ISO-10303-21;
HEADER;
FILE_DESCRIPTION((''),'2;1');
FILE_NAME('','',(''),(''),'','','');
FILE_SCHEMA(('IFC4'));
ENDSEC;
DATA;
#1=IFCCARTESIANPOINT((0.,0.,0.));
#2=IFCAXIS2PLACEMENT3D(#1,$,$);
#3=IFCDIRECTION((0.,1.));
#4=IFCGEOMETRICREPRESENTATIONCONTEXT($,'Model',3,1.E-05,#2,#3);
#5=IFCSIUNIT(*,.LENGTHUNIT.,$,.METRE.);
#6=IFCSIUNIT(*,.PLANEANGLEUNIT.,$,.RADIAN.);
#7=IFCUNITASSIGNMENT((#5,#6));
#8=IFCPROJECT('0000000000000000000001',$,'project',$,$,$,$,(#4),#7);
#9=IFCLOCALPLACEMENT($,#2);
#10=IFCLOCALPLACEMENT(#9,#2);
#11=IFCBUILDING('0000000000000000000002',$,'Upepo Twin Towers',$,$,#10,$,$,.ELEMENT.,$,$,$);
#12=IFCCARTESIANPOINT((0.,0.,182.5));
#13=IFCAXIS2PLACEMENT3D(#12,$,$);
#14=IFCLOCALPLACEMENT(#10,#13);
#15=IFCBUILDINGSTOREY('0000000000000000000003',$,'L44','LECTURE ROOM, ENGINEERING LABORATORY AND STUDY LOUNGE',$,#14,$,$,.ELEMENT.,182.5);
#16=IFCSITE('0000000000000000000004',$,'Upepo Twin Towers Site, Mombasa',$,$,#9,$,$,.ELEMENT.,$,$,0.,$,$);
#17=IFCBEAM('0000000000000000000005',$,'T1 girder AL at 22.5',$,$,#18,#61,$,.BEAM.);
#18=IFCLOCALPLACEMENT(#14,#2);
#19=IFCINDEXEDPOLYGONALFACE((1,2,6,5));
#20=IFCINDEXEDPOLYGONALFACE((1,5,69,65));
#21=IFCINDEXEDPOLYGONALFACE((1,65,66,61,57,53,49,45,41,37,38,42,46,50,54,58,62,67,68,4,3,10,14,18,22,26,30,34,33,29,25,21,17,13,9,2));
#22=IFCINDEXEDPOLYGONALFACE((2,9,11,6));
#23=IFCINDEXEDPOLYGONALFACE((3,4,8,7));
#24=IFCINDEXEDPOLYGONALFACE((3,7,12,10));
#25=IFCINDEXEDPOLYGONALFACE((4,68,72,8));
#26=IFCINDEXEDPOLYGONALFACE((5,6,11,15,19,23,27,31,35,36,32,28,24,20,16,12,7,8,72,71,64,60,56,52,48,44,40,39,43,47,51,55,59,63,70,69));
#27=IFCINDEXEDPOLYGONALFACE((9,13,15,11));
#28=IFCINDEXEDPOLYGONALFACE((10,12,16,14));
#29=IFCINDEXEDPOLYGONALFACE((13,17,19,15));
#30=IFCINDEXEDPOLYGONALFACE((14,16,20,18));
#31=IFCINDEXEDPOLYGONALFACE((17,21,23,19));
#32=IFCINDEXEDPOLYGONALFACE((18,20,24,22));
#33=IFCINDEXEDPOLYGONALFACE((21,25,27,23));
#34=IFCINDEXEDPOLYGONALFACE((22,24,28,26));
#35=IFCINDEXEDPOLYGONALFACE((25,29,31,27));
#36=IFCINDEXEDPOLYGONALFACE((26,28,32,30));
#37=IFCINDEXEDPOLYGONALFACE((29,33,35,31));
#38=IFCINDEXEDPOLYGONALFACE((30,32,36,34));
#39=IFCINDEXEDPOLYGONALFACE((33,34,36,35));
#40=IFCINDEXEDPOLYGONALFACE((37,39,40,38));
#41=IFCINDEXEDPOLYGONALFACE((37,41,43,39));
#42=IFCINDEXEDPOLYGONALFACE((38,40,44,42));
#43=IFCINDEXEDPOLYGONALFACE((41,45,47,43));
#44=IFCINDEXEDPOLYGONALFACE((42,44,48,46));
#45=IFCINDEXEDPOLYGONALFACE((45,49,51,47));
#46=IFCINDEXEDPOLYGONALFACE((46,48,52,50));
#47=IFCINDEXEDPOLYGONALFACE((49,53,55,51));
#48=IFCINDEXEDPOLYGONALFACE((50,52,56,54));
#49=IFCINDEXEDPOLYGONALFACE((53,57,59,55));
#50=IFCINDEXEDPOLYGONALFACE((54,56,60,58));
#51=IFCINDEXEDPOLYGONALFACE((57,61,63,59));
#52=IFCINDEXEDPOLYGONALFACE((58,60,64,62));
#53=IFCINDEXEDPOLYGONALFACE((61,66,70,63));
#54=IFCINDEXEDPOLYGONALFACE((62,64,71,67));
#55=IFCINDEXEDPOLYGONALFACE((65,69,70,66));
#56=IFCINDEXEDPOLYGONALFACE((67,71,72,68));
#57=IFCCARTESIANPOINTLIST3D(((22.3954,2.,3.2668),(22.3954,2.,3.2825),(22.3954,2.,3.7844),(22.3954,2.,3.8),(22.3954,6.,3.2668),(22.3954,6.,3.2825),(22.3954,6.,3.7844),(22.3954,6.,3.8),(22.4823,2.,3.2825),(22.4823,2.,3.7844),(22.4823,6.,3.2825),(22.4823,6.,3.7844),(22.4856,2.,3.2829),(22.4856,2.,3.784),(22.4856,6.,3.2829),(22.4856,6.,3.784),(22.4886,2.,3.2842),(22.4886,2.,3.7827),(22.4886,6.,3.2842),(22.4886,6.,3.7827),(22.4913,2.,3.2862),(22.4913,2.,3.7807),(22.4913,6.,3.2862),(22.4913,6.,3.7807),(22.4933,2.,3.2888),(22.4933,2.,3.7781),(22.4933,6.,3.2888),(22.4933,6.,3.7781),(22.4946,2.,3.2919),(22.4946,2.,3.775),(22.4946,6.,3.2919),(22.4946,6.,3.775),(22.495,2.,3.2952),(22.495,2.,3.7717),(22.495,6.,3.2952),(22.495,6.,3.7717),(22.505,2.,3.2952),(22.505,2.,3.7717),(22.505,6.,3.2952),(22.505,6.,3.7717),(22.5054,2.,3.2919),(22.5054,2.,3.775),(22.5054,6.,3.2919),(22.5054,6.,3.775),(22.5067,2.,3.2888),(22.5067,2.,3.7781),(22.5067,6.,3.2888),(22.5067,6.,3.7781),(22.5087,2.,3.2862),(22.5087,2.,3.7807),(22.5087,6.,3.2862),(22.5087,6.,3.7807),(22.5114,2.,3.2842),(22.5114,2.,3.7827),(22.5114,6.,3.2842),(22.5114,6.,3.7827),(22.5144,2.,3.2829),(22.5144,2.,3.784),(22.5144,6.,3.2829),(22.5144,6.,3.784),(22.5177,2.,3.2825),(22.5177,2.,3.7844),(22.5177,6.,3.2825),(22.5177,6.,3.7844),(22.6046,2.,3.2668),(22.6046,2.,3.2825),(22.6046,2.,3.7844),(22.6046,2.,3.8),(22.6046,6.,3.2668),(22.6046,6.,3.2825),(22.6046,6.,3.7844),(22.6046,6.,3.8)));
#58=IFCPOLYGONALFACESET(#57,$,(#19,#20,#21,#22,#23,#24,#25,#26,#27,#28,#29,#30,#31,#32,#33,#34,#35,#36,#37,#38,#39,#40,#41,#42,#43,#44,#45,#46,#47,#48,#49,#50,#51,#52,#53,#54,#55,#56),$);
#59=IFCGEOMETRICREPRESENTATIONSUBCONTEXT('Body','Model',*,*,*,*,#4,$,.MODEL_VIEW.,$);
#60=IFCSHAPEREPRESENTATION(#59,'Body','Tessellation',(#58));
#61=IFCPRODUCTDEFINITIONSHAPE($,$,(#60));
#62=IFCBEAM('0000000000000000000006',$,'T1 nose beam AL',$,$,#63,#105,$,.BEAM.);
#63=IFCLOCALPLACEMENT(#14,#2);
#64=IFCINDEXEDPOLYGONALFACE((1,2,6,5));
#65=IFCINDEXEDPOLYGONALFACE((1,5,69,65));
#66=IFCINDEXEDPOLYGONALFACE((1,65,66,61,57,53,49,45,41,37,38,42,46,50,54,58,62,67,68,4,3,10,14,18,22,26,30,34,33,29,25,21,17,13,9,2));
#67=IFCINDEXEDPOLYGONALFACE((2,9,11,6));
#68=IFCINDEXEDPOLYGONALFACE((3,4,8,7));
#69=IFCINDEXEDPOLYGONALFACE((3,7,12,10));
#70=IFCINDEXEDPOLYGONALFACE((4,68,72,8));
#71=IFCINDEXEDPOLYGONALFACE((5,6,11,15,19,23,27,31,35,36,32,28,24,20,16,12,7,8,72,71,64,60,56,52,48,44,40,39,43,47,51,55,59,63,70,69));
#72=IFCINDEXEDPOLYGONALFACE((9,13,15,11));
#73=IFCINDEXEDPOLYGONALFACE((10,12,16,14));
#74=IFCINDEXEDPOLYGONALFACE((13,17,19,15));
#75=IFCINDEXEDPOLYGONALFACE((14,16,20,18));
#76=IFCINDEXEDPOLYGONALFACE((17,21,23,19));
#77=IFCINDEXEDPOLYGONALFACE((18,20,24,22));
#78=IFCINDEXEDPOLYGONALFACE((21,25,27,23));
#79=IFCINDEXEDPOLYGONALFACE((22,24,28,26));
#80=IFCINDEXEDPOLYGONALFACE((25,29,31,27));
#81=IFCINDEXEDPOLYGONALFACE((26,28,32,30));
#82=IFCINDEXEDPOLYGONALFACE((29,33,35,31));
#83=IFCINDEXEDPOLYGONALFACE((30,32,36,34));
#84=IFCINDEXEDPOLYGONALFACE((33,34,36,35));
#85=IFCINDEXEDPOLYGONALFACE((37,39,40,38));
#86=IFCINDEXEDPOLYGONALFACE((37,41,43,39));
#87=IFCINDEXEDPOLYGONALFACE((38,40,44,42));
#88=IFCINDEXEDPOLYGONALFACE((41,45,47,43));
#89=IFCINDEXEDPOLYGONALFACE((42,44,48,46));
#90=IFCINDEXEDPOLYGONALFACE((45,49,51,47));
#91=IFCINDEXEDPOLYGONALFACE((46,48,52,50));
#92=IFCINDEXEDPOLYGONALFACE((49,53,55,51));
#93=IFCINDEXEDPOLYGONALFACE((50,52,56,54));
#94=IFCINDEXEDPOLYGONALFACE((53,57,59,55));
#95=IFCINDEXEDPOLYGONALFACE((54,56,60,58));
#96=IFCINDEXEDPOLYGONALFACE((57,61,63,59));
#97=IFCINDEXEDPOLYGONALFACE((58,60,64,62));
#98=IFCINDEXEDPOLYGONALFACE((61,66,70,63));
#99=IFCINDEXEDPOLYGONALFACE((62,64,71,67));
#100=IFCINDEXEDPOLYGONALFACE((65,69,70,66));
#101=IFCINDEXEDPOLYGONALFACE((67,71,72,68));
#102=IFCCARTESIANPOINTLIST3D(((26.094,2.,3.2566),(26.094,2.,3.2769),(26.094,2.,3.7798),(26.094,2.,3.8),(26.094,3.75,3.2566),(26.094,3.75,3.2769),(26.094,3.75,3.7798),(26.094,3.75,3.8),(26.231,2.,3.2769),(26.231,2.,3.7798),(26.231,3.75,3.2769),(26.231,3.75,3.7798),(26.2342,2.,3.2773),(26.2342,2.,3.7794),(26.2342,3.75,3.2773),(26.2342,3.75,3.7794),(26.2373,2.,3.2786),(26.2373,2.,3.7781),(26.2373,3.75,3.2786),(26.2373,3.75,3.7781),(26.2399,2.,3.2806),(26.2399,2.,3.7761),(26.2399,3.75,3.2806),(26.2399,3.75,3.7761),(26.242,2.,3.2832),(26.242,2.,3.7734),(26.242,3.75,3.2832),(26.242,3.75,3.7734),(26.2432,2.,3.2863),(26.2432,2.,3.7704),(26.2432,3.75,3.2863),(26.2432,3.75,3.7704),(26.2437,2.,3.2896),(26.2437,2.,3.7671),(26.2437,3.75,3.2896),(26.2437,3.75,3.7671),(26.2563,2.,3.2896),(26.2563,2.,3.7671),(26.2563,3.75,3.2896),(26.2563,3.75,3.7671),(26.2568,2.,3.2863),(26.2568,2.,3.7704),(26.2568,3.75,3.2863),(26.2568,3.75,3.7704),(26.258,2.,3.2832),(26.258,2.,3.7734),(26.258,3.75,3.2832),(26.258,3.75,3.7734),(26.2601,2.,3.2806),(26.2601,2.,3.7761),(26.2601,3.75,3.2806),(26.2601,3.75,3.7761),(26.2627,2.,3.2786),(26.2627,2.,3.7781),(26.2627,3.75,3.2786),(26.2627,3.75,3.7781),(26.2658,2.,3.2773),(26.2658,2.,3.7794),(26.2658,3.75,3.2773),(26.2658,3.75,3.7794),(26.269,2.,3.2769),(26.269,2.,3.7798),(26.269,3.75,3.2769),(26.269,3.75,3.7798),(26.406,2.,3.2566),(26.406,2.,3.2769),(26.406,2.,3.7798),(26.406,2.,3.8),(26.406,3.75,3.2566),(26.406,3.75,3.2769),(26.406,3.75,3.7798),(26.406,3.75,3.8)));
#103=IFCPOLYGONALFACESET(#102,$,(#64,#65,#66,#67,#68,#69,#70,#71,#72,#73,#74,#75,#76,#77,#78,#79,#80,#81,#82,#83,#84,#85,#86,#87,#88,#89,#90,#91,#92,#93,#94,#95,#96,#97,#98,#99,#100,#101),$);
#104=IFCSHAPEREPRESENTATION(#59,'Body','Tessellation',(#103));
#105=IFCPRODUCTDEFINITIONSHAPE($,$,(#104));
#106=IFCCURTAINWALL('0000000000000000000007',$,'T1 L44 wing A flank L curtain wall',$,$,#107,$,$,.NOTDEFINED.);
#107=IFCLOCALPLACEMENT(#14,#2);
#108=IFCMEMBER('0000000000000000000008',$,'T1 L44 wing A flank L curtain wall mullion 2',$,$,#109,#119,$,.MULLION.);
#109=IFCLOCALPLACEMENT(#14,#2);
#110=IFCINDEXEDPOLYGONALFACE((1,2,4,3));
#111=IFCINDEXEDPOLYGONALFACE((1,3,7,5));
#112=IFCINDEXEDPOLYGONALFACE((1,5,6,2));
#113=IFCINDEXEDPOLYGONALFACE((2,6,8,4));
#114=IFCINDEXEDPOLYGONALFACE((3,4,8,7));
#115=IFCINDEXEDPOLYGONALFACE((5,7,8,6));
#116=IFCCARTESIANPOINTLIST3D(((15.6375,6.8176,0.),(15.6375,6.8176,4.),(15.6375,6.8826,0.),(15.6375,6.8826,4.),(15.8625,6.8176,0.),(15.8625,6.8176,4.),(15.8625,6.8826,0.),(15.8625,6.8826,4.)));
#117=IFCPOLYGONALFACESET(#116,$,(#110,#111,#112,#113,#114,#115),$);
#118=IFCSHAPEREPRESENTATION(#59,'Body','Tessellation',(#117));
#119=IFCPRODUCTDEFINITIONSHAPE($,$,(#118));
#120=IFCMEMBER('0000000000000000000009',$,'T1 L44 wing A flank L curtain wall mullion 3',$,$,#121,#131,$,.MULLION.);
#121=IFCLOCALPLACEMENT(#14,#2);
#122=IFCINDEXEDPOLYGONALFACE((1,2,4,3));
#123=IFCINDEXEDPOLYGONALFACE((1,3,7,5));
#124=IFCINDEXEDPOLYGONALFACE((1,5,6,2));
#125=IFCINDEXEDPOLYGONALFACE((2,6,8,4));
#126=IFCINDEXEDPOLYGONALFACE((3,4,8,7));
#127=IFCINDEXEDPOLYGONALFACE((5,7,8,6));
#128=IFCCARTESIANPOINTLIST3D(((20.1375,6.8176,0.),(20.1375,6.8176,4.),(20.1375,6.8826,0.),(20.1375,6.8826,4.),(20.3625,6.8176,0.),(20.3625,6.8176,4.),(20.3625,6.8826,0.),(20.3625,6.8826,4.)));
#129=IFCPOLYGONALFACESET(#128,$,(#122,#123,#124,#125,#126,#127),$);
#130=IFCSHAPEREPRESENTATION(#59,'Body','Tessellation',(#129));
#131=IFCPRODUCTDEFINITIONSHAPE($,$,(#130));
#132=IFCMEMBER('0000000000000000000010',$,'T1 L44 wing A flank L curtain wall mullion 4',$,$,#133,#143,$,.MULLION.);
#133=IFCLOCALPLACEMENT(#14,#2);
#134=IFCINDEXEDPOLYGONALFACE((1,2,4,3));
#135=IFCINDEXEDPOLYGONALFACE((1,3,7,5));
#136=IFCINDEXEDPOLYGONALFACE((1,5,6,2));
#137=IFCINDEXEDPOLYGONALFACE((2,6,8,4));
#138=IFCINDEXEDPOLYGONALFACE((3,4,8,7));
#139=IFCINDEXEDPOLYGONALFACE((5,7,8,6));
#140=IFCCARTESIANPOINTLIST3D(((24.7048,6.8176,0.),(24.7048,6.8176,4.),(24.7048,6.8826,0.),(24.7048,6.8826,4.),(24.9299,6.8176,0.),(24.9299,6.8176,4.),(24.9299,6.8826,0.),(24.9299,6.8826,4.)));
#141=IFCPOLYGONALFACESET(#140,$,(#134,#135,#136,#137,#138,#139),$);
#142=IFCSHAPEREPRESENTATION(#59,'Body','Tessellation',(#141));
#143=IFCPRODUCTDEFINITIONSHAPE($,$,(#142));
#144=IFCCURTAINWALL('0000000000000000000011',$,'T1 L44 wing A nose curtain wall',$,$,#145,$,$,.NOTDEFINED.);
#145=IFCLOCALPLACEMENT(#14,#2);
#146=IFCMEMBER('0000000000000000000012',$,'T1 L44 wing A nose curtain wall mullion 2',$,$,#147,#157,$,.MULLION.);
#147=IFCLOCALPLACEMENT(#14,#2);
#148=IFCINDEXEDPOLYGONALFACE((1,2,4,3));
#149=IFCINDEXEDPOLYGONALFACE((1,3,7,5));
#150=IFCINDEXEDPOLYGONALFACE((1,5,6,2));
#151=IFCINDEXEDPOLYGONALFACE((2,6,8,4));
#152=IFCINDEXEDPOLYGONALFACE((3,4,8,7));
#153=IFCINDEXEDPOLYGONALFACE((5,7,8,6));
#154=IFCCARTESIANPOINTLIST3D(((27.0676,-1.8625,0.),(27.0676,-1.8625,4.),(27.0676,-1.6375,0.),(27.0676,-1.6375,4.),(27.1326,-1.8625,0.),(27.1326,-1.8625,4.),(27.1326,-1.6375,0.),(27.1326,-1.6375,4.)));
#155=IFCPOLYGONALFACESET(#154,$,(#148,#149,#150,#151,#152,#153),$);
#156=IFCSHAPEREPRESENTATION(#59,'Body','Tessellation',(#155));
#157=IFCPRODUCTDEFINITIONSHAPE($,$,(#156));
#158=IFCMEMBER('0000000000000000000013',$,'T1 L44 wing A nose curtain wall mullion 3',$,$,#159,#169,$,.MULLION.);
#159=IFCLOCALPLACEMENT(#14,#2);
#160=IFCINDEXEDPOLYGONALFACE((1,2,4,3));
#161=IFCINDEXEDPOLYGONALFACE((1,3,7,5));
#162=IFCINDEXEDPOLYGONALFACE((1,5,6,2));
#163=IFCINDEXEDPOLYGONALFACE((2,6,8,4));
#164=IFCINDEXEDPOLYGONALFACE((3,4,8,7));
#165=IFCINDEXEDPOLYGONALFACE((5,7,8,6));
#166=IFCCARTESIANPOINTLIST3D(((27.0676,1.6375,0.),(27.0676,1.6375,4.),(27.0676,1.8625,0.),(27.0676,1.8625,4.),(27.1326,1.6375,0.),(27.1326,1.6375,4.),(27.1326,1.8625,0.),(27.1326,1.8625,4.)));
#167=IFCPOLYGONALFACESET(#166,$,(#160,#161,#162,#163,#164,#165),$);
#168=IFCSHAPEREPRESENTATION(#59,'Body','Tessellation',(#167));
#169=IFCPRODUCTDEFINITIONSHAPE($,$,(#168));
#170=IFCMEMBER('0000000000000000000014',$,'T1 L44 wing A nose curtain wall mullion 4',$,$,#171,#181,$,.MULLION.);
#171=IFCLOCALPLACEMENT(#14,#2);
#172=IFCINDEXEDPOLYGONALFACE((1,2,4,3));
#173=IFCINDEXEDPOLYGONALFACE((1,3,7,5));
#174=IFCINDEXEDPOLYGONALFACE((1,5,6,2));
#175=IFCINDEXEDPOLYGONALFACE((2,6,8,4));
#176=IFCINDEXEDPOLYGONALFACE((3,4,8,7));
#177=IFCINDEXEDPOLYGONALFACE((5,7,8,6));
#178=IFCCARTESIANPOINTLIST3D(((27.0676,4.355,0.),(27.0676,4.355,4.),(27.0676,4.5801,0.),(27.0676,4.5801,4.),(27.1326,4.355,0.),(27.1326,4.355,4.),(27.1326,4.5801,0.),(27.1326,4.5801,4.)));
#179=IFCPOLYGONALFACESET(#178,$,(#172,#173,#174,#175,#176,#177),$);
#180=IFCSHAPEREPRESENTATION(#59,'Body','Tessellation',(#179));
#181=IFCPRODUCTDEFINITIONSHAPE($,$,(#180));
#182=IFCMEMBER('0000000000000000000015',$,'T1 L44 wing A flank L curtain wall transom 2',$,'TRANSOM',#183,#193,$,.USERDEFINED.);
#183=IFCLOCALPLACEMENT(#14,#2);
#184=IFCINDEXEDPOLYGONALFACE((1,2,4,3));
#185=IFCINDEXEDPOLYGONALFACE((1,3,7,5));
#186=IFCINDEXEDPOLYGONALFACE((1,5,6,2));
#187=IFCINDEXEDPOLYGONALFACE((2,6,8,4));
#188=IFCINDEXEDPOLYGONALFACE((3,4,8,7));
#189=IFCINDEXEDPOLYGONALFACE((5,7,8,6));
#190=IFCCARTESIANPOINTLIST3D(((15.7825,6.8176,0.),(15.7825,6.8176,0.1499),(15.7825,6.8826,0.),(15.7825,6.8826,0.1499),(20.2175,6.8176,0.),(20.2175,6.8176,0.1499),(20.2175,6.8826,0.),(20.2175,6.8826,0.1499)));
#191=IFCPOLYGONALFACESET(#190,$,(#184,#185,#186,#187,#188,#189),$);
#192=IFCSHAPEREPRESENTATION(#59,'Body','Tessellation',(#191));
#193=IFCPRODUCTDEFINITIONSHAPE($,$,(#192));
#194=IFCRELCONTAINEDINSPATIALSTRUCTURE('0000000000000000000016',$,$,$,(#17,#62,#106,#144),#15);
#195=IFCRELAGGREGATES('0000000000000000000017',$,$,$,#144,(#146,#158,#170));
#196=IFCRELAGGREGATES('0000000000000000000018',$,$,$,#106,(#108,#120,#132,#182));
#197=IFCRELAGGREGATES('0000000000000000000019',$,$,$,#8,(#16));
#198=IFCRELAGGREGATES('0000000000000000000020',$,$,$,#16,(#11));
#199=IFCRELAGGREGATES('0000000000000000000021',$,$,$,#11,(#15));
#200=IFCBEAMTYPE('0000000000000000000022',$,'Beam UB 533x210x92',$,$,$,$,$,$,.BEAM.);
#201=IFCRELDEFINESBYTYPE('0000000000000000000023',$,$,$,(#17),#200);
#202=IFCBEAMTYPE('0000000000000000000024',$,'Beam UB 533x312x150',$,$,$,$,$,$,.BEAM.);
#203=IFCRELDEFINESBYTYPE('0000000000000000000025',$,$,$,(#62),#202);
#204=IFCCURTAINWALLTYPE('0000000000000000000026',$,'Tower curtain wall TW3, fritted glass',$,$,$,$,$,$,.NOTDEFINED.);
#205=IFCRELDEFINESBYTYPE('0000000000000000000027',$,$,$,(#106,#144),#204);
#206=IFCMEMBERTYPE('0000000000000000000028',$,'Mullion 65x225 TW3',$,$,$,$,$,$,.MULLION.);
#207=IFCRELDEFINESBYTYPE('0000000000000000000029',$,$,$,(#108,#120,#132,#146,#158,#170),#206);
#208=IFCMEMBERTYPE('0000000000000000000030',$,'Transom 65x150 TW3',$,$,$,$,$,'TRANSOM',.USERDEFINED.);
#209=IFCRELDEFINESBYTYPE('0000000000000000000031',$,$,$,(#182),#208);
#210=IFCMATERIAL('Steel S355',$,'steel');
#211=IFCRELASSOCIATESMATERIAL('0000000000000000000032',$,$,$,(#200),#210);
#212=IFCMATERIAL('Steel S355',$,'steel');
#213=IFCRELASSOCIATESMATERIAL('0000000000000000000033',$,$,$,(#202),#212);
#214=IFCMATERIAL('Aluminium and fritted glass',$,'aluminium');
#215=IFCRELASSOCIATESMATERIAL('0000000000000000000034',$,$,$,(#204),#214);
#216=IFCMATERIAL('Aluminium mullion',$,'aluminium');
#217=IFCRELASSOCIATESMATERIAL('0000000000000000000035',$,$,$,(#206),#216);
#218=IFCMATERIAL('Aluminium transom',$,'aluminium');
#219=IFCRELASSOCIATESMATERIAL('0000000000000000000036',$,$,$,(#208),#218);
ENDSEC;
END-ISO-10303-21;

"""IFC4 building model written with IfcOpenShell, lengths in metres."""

from ifc_helpers import new_model, si_unit, direction, frame, origin, origin_2d, place, context, subcontext, project, spatial, rectangle, i_section, extrude, material, material_profile, profile_set, type_object, element, aggregate, save


model = new_model("IFC4")

# Units and contexts
model_context = context("Model", 3, precision=1e-05, world=origin(), true_north=direction((0.0, 1.0)))
body_context = subcontext(model_context, "Body", "Model", "MODEL_VIEW")
ifc_project = project(units=[si_unit("LENGTHUNIT", "METRE"), si_unit("PLANEANGLEUNIT", "RADIAN")], contexts=[model_context])

# Site, building, storey
site_placement = place(None, origin())
site = spatial("IfcSite", under=ifc_project, at=site_placement, Name="Upepo Twin Towers Site, Mombasa", CompositionType="ELEMENT", RefElevation=0.0)
building_placement = place(site_placement, origin())
building = spatial("IfcBuilding", under=site, at=building_placement, Name="Upepo Twin Towers", CompositionType="ELEMENT")
storey_placement = place(building_placement, frame((0.0, 0.0, 182.5)))
storey = spatial("IfcBuildingStorey", under=building, at=storey_placement, Name="L44", Description="LECTURE ROOM, ENGINEERING LABORATORY AND STUDY LOUNGE", CompositionType="ELEMENT", Elevation=182.5)

# Beams
ifc_material_1 = material(Name="Steel S355", Category="steel")
ifc_material_profile_1 = material_profile(ifc_material_1, i_section(OverallWidth=0.2092, OverallDepth=0.5332, WebThickness=0.01, FlangeThickness=0.0156, FilletRadius=0.0127, at=origin_2d()), Name="UB 533x210x92")
ifc_profile_set_1 = profile_set([ifc_material_profile_1], Name="Steel S355")
beam_type_1 = type_object("IfcBeamType", Name="Beam UB 533x210x92", PredefinedType="BEAM", material=ifc_profile_set_1)
for number, where, z_axis, x_axis, name in (
    (1, (22.5, 6.0, 3.5334), (0.0, -1.0, 0.0), (1.0, 0.0, 0.0), "T1 girder AL at 22.5"),
):
    element("IfcBeam", number, at=place(storey_placement, frame(where, z_axis=z_axis, x_axis=x_axis)), inside=storey, type_object=beam_type_1, Name=name, PredefinedType="BEAM", context=body_context, shape_type="SweptSolid", body=[
        extrude(i_section(OverallWidth=0.2092, OverallDepth=0.5332, WebThickness=0.01, FlangeThickness=0.0156, FilletRadius=0.0127, at=origin_2d()), origin(), (0.0, 0.0, 1.0), 4.0),
    ])
ifc_material_2 = material(Name="Steel S355", Category="steel")
ifc_material_profile_2 = material_profile(ifc_material_2, i_section(OverallWidth=0.312, OverallDepth=0.5435, WebThickness=0.0127, FlangeThickness=0.0203, FilletRadius=0.0127, at=origin_2d()), Name="UB 533x312x150")
ifc_profile_set_2 = profile_set([ifc_material_profile_2], Name="Steel S355")
beam_type_2 = type_object("IfcBeamType", Name="Beam UB 533x312x150", PredefinedType="BEAM", material=ifc_profile_set_2)
beam_1_placement = place(storey_placement, frame((26.25, 3.75, 3.5283), z_axis=(0.0, -1.0, 0.0), x_axis=(1.0, 0.0, 0.0)))
element("IfcBeam", 2, at=beam_1_placement, inside=storey, type_object=beam_type_2, Name="T1 nose beam AL", PredefinedType="BEAM", context=body_context, shape_type="SweptSolid", body=[
    extrude(i_section(OverallWidth=0.312, OverallDepth=0.5435, WebThickness=0.0127, FlangeThickness=0.0203, FilletRadius=0.0127, at=origin_2d()), origin(), (0.0, 0.0, 1.0), 1.75),
])

# Curtain walls, members
ifc_material_3 = material(Name="Aluminium and fritted glass", Category="aluminium")
curtain_wall_type = type_object("IfcCurtainWallType", Name="Tower curtain wall TW3, fritted glass", PredefinedType="NOTDEFINED", material=ifc_material_3)
curtain_wall_1_placement = place(storey_placement, origin())
curtain_wall_1 = element("IfcCurtainWall", 3, at=curtain_wall_1_placement, inside=storey, type_object=curtain_wall_type, Name="T1 L44 wing A flank L curtain wall", PredefinedType="NOTDEFINED")
ifc_material_4 = material(Name="Aluminium mullion", Category="aluminium")
ifc_material_profile_3 = material_profile(ifc_material_4, rectangle(XDim=0.0649, YDim=0.2251, at=origin_2d()), Name="MULLION 65x225")
ifc_profile_set_3 = profile_set([ifc_material_profile_3], Name="Aluminium mullion")
member_type_1 = type_object("IfcMemberType", Name="Mullion 65x225 TW3", PredefinedType="MULLION", material=ifc_profile_set_3)
member_1_placement = place(storey_placement, frame((15.75, 6.8501, 0.0), z_axis=(0.0, 0.0, 1.0), x_axis=(0.0, 1.0, 0.0)))
member_1 = element("IfcMember", 4, at=member_1_placement, type_object=member_type_1, Name="T1 L44 wing A flank L curtain wall mullion 2", PredefinedType="MULLION", context=body_context, shape_type="SweptSolid", body=[
    extrude(rectangle(XDim=0.0649, YDim=0.2251, at=origin_2d()), origin(), (0.0, 0.0, 1.0), 4.0),
])
member_2_placement = place(storey_placement, frame((20.25, 6.8501, 0.0), z_axis=(0.0, 0.0, 1.0), x_axis=(0.0, 1.0, 0.0)))
member_2 = element("IfcMember", 5, at=member_2_placement, type_object=member_type_1, Name="T1 L44 wing A flank L curtain wall mullion 3", PredefinedType="MULLION", context=body_context, shape_type="SweptSolid", body=[
    extrude(rectangle(XDim=0.0649, YDim=0.2251, at=origin_2d()), origin(), (0.0, 0.0, 1.0), 4.0),
])
member_3_placement = place(storey_placement, frame((24.8174, 6.8501, 0.0), z_axis=(0.0, 0.0, 1.0), x_axis=(0.0, 1.0, 0.0)))
member_3 = element("IfcMember", 6, at=member_3_placement, type_object=member_type_1, Name="T1 L44 wing A flank L curtain wall mullion 4", PredefinedType="MULLION", context=body_context, shape_type="SweptSolid", body=[
    extrude(rectangle(XDim=0.0649, YDim=0.2251, at=origin_2d()), origin(), (0.0, 0.0, 1.0), 4.0),
])
curtain_wall_2_placement = place(storey_placement, origin())
curtain_wall_2 = element("IfcCurtainWall", 7, at=curtain_wall_2_placement, inside=storey, type_object=curtain_wall_type, Name="T1 L44 wing A nose curtain wall", PredefinedType="NOTDEFINED")
member_4_placement = place(storey_placement, frame((27.1001, -1.75, 0.0), z_axis=(0.0, 0.0, 1.0), x_axis=(-1.0, 0.0, 0.0)))
member_4 = element("IfcMember", 8, at=member_4_placement, type_object=member_type_1, Name="T1 L44 wing A nose curtain wall mullion 2", PredefinedType="MULLION", context=body_context, shape_type="SweptSolid", body=[
    extrude(rectangle(XDim=0.0649, YDim=0.2251, at=origin_2d()), origin(), (0.0, 0.0, 1.0), 4.0),
])
member_5_placement = place(storey_placement, frame((27.1001, 1.75, 0.0), z_axis=(0.0, 0.0, 1.0), x_axis=(-1.0, 0.0, 0.0)))
member_5 = element("IfcMember", 9, at=member_5_placement, type_object=member_type_1, Name="T1 L44 wing A nose curtain wall mullion 3", PredefinedType="MULLION", context=body_context, shape_type="SweptSolid", body=[
    extrude(rectangle(XDim=0.0649, YDim=0.2251, at=origin_2d()), origin(), (0.0, 0.0, 1.0), 4.0),
])
member_6_placement = place(storey_placement, frame((27.1001, 4.4675, 0.0), z_axis=(0.0, 0.0, 1.0), x_axis=(-1.0, 0.0, 0.0)))
member_6 = element("IfcMember", 10, at=member_6_placement, type_object=member_type_1, Name="T1 L44 wing A nose curtain wall mullion 4", PredefinedType="MULLION", context=body_context, shape_type="SweptSolid", body=[
    extrude(rectangle(XDim=0.0649, YDim=0.2251, at=origin_2d()), origin(), (0.0, 0.0, 1.0), 4.0),
])
aggregate(curtain_wall_2, [member_4, member_5, member_6])

# Member
ifc_material_5 = material(Name="Aluminium transom", Category="aluminium")
ifc_material_profile_4 = material_profile(ifc_material_5, rectangle(XDim=0.0649, YDim=0.1499, at=origin_2d()), Name="TRANSOM 65x150")
ifc_profile_set_4 = profile_set([ifc_material_profile_4], Name="Aluminium transom")
member_type_2 = type_object("IfcMemberType", Name="Transom 65x150 TW3", ElementType="TRANSOM", PredefinedType="USERDEFINED", material=ifc_profile_set_4)
member_7_placement = place(storey_placement, frame((15.7825, 6.8501, 0.075), z_axis=(1.0, 0.0, 0.0), x_axis=(0.0, 1.0, 0.0)))
member_7 = element("IfcMember", 11, at=member_7_placement, type_object=member_type_2, Name="T1 L44 wing A flank L curtain wall transom 2", ObjectType="TRANSOM", PredefinedType="USERDEFINED", context=body_context, shape_type="SweptSolid", body=[
    extrude(rectangle(XDim=0.0649, YDim=0.1499, at=origin_2d()), origin(), (0.0, 0.0, 1.0), 4.4351),
])

aggregate(curtain_wall_1, [member_1, member_2, member_3, member_7])

save(model, "model.ifc")
